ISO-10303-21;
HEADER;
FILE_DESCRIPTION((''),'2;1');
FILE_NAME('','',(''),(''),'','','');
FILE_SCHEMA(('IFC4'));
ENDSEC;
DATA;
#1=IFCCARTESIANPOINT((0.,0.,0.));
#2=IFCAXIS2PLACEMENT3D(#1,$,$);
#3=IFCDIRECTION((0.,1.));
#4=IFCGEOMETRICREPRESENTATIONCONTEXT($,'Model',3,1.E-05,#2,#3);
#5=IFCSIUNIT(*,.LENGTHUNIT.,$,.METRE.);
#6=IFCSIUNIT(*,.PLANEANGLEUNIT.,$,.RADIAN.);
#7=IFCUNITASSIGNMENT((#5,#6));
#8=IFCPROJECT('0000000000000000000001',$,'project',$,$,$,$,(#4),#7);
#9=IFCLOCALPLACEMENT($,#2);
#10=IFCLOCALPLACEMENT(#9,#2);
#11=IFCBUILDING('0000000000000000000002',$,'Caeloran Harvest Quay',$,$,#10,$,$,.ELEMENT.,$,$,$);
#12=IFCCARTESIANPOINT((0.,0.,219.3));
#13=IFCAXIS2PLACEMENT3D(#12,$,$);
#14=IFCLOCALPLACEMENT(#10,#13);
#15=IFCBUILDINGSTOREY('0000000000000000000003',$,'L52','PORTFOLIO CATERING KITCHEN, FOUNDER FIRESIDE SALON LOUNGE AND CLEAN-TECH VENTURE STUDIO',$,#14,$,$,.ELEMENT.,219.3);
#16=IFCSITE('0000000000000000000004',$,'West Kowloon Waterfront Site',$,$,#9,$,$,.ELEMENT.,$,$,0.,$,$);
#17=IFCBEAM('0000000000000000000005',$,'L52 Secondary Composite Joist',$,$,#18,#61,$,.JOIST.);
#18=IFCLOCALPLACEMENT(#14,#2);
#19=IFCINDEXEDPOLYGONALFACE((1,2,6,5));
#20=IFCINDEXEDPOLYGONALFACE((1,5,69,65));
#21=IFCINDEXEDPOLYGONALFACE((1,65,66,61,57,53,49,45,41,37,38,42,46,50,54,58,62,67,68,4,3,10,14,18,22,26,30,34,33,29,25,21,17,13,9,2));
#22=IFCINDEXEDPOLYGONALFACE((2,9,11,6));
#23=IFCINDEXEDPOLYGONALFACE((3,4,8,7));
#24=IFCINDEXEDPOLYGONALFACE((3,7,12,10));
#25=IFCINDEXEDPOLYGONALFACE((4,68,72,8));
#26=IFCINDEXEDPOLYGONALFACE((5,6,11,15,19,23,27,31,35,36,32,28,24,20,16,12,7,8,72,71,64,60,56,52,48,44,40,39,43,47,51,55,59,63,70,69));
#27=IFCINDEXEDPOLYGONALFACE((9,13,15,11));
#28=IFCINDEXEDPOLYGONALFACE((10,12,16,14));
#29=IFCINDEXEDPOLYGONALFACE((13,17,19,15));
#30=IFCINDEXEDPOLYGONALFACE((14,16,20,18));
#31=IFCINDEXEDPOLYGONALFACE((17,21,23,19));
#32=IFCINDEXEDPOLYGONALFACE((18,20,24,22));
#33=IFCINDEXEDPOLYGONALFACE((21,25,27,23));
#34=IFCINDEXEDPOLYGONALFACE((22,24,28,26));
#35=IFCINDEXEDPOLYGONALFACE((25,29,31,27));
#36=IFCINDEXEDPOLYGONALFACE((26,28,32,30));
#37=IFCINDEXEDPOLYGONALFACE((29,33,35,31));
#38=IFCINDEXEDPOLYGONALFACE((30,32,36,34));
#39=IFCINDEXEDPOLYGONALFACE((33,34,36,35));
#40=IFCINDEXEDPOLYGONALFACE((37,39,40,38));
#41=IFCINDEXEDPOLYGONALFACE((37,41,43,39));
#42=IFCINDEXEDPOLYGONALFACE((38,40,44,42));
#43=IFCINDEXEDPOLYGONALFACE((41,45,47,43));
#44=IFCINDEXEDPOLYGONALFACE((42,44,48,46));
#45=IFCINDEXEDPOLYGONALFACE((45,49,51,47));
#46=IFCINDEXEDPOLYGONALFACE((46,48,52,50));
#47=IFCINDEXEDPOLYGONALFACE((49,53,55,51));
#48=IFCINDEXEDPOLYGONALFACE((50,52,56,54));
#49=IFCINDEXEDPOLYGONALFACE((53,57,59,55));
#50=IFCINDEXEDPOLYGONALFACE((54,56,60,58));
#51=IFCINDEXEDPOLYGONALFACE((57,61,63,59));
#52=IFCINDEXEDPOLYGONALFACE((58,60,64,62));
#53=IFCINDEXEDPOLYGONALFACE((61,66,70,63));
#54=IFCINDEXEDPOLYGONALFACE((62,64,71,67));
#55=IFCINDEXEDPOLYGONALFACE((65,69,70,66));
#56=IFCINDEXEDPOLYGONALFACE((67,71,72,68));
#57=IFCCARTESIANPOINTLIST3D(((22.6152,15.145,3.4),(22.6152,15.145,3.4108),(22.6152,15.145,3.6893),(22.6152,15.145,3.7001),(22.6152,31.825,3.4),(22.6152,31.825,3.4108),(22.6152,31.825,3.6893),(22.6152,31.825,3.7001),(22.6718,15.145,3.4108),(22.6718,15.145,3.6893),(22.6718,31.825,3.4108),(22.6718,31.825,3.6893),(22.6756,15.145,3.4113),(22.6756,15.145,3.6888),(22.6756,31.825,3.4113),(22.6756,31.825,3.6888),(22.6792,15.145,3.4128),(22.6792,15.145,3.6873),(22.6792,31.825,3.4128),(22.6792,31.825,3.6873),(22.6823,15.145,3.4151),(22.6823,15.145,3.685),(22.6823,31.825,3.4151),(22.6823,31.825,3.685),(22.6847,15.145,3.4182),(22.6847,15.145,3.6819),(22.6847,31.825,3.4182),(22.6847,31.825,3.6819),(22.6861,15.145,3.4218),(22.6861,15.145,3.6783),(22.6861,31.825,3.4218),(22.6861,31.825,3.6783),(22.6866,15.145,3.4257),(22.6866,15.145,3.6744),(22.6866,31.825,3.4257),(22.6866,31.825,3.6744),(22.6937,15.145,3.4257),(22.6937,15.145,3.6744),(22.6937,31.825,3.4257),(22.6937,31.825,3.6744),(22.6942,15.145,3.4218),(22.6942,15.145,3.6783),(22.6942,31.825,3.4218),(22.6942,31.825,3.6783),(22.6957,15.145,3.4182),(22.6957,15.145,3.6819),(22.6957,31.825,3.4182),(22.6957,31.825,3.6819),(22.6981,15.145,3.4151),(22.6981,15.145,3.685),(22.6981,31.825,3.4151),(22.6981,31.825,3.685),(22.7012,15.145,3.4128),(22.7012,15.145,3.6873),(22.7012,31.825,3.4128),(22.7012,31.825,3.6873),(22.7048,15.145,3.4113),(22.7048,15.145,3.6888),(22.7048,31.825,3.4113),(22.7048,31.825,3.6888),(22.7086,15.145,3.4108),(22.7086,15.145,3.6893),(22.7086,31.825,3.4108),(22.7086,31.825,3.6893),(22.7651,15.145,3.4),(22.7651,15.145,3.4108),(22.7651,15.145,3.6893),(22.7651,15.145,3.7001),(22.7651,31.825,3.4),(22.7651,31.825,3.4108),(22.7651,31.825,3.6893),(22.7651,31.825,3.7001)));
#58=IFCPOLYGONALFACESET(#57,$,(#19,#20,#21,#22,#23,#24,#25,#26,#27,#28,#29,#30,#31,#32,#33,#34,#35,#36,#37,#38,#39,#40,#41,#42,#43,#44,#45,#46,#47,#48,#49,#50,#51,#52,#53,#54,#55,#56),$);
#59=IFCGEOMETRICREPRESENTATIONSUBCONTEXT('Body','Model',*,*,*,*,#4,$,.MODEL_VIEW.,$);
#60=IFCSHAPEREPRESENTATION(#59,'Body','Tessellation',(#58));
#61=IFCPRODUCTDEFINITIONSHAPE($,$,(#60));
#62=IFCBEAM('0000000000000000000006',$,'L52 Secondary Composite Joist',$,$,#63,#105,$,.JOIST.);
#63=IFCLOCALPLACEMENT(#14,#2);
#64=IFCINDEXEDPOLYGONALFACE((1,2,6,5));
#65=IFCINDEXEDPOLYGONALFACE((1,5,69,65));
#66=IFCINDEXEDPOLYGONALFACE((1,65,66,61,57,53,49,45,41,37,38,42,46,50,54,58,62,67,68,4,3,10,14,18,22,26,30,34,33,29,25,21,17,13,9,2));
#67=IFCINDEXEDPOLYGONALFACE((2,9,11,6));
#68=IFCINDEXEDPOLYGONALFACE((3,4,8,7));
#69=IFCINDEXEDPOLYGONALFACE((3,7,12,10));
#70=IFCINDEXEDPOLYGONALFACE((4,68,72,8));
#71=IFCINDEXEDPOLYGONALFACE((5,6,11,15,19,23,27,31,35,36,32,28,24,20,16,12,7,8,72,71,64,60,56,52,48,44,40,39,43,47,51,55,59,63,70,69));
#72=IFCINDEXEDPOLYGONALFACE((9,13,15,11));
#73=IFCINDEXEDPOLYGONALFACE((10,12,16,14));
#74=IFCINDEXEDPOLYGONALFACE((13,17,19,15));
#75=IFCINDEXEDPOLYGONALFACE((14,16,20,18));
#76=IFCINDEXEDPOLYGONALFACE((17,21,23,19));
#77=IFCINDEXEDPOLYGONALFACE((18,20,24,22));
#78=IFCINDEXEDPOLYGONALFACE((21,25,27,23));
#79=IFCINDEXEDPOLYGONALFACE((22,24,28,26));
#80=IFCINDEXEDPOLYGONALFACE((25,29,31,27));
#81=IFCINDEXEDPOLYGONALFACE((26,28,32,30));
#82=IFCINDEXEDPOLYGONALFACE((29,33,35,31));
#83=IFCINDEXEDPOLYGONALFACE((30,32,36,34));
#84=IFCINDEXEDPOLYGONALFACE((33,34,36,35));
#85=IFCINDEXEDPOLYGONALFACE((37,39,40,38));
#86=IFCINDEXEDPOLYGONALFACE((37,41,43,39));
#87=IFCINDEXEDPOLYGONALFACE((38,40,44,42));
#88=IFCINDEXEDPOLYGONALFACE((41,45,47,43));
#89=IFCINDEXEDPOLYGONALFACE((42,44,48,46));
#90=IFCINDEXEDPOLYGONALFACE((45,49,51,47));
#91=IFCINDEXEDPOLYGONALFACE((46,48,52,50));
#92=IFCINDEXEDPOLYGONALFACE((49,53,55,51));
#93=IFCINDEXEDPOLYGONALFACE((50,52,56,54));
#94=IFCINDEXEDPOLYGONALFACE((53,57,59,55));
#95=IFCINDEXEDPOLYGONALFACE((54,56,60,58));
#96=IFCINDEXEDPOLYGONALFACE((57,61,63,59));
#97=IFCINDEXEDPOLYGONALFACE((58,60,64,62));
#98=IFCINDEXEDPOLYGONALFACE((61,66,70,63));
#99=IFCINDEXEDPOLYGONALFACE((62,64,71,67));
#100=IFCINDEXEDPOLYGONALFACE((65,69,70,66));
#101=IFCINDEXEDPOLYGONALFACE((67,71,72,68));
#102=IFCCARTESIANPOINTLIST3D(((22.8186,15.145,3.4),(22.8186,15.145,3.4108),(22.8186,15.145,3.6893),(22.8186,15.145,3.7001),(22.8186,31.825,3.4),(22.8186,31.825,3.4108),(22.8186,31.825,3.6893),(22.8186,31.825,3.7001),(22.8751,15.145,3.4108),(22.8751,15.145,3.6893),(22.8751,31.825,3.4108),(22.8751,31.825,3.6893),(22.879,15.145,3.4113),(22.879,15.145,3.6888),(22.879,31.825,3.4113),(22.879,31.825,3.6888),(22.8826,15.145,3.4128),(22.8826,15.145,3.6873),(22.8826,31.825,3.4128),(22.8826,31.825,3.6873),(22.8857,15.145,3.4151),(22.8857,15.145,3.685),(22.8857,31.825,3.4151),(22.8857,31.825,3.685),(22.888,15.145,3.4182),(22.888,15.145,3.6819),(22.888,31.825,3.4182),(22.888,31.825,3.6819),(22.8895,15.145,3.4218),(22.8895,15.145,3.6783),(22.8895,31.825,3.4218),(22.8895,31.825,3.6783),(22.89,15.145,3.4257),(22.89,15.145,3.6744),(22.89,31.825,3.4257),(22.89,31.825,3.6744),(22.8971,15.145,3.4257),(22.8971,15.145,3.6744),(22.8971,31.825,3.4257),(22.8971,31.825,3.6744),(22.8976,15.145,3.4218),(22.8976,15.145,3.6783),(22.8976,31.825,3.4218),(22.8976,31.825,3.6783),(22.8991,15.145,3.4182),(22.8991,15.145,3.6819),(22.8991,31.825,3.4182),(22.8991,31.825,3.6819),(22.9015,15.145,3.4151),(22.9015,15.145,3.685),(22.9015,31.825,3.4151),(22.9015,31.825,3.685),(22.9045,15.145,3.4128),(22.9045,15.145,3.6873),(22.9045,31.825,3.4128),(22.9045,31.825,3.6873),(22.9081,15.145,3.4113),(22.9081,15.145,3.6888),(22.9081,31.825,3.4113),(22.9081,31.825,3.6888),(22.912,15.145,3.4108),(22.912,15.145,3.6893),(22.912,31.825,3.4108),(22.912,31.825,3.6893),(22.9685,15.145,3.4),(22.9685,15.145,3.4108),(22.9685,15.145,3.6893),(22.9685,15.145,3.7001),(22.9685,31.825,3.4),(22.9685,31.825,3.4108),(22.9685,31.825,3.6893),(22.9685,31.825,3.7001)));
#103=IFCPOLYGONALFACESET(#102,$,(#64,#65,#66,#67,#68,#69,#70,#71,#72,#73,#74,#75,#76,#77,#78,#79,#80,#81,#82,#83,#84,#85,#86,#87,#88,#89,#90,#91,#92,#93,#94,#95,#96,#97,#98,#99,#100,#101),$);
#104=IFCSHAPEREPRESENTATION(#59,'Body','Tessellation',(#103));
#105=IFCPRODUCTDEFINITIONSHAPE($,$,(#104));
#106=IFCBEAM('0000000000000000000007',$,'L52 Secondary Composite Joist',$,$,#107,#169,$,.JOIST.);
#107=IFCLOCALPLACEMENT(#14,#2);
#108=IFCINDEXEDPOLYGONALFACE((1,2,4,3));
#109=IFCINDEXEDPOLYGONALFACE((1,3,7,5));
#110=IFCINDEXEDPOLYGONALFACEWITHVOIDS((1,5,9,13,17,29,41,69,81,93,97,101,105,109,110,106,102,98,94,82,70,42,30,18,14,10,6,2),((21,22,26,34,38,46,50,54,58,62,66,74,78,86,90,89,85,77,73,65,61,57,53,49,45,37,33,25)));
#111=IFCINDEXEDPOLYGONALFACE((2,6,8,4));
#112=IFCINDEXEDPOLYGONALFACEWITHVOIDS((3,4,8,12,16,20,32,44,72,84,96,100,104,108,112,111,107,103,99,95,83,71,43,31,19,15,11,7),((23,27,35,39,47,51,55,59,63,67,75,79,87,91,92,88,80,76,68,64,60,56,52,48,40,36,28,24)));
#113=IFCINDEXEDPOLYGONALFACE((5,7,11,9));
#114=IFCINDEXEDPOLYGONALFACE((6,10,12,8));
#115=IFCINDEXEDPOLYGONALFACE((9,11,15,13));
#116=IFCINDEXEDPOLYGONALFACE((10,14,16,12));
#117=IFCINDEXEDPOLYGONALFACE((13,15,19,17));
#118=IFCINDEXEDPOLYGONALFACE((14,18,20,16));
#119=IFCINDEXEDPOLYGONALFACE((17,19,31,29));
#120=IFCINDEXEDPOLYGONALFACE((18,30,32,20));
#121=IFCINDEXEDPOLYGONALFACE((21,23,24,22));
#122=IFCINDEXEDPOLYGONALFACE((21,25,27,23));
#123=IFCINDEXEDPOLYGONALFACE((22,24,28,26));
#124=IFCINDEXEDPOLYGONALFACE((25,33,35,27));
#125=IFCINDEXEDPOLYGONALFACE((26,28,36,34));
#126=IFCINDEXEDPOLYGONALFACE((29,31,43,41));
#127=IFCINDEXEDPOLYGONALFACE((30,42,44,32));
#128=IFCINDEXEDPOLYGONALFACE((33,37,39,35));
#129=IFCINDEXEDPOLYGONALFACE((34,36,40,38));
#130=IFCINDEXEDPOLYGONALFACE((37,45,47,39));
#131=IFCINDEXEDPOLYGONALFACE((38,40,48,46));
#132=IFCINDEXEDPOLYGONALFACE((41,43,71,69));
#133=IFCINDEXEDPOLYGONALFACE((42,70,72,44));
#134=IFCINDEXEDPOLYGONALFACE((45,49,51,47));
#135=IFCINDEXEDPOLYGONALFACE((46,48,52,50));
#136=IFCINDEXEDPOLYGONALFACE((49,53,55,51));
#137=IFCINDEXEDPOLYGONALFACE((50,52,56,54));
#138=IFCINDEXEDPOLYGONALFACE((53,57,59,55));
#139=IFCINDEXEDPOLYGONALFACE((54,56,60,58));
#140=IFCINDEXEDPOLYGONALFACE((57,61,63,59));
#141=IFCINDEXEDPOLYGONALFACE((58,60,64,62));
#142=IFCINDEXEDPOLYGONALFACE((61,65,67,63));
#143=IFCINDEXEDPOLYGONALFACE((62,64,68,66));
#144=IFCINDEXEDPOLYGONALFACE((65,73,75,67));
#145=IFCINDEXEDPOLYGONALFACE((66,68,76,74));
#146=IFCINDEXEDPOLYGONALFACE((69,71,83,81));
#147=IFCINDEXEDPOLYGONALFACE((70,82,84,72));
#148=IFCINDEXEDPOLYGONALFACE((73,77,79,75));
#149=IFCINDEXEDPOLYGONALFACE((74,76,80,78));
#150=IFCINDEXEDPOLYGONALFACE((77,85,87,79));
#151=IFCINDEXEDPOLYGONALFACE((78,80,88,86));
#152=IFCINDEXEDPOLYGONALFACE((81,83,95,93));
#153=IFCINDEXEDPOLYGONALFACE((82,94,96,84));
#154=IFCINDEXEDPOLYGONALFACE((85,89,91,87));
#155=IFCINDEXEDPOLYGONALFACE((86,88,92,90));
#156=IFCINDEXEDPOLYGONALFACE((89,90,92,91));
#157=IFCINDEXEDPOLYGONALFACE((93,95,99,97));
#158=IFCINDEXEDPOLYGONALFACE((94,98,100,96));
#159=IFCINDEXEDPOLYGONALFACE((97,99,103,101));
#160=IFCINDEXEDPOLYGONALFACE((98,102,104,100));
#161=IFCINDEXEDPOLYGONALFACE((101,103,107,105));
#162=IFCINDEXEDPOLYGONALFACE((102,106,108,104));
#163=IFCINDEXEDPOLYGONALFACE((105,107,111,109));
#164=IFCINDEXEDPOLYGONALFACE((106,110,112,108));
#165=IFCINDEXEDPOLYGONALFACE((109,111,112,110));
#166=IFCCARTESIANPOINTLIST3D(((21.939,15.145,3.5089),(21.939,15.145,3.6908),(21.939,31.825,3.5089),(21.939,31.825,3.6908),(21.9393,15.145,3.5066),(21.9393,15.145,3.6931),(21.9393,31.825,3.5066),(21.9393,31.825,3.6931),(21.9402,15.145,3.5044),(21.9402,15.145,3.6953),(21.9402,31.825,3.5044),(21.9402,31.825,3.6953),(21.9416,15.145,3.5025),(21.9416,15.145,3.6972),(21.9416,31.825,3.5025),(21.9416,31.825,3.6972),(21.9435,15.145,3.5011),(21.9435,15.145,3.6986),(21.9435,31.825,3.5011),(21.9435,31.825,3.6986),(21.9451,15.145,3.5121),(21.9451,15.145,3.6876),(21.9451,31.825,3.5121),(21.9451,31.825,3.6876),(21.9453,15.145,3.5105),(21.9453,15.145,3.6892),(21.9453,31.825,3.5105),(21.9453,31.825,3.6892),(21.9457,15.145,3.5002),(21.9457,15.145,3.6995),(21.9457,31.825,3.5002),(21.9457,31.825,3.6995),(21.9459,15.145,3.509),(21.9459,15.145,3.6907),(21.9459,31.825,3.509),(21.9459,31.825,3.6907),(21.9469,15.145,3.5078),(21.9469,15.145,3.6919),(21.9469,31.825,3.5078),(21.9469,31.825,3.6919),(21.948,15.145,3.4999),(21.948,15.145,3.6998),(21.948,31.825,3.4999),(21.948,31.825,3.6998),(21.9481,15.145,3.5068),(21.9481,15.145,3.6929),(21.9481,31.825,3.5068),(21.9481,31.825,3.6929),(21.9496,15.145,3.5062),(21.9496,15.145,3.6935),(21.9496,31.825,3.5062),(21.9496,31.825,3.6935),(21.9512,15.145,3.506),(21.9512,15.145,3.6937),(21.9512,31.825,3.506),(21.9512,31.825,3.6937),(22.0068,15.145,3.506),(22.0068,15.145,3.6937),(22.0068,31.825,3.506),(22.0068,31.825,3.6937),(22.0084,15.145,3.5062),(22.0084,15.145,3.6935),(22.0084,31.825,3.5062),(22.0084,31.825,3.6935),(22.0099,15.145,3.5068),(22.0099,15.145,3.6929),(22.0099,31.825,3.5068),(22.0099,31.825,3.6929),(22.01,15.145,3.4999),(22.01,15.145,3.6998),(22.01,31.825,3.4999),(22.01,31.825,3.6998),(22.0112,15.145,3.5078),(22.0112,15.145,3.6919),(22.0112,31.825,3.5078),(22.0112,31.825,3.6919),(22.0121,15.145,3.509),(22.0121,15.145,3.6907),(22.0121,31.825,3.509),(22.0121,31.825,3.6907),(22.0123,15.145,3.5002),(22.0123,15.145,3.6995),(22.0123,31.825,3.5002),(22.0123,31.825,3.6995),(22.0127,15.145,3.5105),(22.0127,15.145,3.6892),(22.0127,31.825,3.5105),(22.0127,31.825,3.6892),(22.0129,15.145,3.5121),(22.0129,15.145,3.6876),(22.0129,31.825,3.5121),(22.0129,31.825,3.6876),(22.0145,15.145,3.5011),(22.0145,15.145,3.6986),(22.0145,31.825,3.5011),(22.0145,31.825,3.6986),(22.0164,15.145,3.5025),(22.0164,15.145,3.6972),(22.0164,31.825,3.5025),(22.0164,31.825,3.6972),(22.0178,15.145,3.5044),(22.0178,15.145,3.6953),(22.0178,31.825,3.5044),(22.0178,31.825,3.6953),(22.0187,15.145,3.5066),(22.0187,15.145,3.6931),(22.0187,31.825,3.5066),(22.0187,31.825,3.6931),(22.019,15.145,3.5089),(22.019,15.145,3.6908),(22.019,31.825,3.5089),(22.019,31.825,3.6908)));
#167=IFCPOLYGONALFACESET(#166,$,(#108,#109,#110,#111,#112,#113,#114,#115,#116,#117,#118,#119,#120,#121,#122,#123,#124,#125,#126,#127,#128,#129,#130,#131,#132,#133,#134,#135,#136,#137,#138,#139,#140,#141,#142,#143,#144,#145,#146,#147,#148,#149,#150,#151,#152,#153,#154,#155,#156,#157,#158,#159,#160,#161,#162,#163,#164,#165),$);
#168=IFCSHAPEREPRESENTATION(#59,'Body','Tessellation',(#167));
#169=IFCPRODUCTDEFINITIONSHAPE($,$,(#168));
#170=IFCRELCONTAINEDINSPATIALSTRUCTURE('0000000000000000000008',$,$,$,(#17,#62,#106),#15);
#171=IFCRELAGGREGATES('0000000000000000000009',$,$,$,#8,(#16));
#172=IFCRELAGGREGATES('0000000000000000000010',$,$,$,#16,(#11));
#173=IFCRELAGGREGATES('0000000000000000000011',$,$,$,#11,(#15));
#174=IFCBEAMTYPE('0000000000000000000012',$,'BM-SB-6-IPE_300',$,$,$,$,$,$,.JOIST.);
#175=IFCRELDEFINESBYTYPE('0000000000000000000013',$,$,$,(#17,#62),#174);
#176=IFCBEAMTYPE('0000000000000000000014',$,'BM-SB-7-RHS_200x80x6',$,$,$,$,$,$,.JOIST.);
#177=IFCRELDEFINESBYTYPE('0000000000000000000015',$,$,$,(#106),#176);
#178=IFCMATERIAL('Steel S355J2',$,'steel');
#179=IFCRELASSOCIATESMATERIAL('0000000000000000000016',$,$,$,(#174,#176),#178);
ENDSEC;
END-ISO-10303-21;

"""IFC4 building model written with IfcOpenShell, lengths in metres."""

from ifc_helpers import new_model, si_unit, direction, frame, origin, origin_2d, place, context, subcontext, project, spatial, hollow_rectangle, i_section, extrude, material, material_profile, profile_set, type_object, element, save


model = new_model("IFC4")

# Units and contexts
model_context = context("Model", 3, precision=1e-05, world=origin(), true_north=direction((0.0, 1.0)))
body_context = subcontext(model_context, "Body", "Model", "MODEL_VIEW")
ifc_project = project(units=[si_unit("LENGTHUNIT", "METRE"), si_unit("PLANEANGLEUNIT", "RADIAN")], contexts=[model_context])

# Site, building, storey
site_placement = place(None, origin())
site = spatial("IfcSite", under=ifc_project, at=site_placement, Name="West Kowloon Waterfront Site", CompositionType="ELEMENT", RefElevation=0.0)
building_placement = place(site_placement, origin())
building = spatial("IfcBuilding", under=site, at=building_placement, Name="Caeloran Harvest Quay", CompositionType="ELEMENT")
storey_placement = place(building_placement, frame((0.0, 0.0, 219.3)))
storey = spatial("IfcBuildingStorey", under=building, at=storey_placement, Name="L52", Description="PORTFOLIO CATERING KITCHEN, FOUNDER FIRESIDE SALON LOUNGE AND CLEAN-TECH VENTURE STUDIO", CompositionType="ELEMENT", Elevation=219.3)

# Beams
ifc_material_1 = material(Name="Steel S355J2", Category="steel")
ifc_material_profile_1 = material_profile(ifc_material_1, i_section(OverallWidth=0.1499, OverallDepth=0.3, WebThickness=0.0071, FlangeThickness=0.0107, FilletRadius=0.0149, at=origin_2d()), Name="IPE 300")
ifc_profile_set_1 = profile_set([ifc_material_profile_1], Name="Steel S355J2")
beam_type_1 = type_object("IfcBeamType", Name="BM-SB-6-IPE_300", PredefinedType="JOIST", material=ifc_profile_set_1)
for number, where, z_axis, x_axis, name in (
    (1, (22.6902, 15.145, 3.55), (0.0, 1.0, 0.0), (-1.0, 0.0, 0.0), "L52 Secondary Composite Joist"),
    (2, (22.8936, 15.145, 3.55), (0.0, 1.0, 0.0), (-1.0, 0.0, 0.0), "L52 Secondary Composite Joist"),
):
    element("IfcBeam", number, at=place(storey_placement, frame(where, z_axis=z_axis, x_axis=x_axis)), inside=storey, type_object=beam_type_1, Name=name, PredefinedType="JOIST", context=body_context, shape_type="SweptSolid", body=[
        extrude(i_section(OverallWidth=0.1499, OverallDepth=0.3, WebThickness=0.0071, FlangeThickness=0.0107, FilletRadius=0.0149, at=origin_2d()), origin(), (0.0, 0.0, 1.0), 16.6799),
    ])
ifc_material_profile_2 = material_profile(ifc_material_1, hollow_rectangle(XDim=0.0801, YDim=0.2, WallThickness=0.0061, InnerFilletRadius=0.0061, OuterFilletRadius=0.009, at=origin_2d()), Name="RHS 200x80x6")
ifc_profile_set_2 = profile_set([ifc_material_profile_2], Name="Steel S355J2")
beam_type_2 = type_object("IfcBeamType", Name="BM-SB-7-RHS_200x80x6", PredefinedType="JOIST", material=ifc_profile_set_2)
for number, where, z_axis, x_axis, name in (
    (3, (21.979, 15.145, 3.5999), (0.0, 1.0, 0.0), (-1.0, 0.0, 0.0), "L52 Secondary Composite Joist"),
):
    element("IfcBeam", number, at=place(storey_placement, frame(where, z_axis=z_axis, x_axis=x_axis)), inside=storey, type_object=beam_type_2, Name=name, PredefinedType="JOIST", context=body_context, shape_type="SweptSolid", body=[
        extrude(hollow_rectangle(XDim=0.0801, YDim=0.2, WallThickness=0.0061, InnerFilletRadius=0.0061, OuterFilletRadius=0.009, at=origin_2d()), origin(), (0.0, 0.0, 1.0), 16.6799),
    ])

save(model, "model.ifc")
